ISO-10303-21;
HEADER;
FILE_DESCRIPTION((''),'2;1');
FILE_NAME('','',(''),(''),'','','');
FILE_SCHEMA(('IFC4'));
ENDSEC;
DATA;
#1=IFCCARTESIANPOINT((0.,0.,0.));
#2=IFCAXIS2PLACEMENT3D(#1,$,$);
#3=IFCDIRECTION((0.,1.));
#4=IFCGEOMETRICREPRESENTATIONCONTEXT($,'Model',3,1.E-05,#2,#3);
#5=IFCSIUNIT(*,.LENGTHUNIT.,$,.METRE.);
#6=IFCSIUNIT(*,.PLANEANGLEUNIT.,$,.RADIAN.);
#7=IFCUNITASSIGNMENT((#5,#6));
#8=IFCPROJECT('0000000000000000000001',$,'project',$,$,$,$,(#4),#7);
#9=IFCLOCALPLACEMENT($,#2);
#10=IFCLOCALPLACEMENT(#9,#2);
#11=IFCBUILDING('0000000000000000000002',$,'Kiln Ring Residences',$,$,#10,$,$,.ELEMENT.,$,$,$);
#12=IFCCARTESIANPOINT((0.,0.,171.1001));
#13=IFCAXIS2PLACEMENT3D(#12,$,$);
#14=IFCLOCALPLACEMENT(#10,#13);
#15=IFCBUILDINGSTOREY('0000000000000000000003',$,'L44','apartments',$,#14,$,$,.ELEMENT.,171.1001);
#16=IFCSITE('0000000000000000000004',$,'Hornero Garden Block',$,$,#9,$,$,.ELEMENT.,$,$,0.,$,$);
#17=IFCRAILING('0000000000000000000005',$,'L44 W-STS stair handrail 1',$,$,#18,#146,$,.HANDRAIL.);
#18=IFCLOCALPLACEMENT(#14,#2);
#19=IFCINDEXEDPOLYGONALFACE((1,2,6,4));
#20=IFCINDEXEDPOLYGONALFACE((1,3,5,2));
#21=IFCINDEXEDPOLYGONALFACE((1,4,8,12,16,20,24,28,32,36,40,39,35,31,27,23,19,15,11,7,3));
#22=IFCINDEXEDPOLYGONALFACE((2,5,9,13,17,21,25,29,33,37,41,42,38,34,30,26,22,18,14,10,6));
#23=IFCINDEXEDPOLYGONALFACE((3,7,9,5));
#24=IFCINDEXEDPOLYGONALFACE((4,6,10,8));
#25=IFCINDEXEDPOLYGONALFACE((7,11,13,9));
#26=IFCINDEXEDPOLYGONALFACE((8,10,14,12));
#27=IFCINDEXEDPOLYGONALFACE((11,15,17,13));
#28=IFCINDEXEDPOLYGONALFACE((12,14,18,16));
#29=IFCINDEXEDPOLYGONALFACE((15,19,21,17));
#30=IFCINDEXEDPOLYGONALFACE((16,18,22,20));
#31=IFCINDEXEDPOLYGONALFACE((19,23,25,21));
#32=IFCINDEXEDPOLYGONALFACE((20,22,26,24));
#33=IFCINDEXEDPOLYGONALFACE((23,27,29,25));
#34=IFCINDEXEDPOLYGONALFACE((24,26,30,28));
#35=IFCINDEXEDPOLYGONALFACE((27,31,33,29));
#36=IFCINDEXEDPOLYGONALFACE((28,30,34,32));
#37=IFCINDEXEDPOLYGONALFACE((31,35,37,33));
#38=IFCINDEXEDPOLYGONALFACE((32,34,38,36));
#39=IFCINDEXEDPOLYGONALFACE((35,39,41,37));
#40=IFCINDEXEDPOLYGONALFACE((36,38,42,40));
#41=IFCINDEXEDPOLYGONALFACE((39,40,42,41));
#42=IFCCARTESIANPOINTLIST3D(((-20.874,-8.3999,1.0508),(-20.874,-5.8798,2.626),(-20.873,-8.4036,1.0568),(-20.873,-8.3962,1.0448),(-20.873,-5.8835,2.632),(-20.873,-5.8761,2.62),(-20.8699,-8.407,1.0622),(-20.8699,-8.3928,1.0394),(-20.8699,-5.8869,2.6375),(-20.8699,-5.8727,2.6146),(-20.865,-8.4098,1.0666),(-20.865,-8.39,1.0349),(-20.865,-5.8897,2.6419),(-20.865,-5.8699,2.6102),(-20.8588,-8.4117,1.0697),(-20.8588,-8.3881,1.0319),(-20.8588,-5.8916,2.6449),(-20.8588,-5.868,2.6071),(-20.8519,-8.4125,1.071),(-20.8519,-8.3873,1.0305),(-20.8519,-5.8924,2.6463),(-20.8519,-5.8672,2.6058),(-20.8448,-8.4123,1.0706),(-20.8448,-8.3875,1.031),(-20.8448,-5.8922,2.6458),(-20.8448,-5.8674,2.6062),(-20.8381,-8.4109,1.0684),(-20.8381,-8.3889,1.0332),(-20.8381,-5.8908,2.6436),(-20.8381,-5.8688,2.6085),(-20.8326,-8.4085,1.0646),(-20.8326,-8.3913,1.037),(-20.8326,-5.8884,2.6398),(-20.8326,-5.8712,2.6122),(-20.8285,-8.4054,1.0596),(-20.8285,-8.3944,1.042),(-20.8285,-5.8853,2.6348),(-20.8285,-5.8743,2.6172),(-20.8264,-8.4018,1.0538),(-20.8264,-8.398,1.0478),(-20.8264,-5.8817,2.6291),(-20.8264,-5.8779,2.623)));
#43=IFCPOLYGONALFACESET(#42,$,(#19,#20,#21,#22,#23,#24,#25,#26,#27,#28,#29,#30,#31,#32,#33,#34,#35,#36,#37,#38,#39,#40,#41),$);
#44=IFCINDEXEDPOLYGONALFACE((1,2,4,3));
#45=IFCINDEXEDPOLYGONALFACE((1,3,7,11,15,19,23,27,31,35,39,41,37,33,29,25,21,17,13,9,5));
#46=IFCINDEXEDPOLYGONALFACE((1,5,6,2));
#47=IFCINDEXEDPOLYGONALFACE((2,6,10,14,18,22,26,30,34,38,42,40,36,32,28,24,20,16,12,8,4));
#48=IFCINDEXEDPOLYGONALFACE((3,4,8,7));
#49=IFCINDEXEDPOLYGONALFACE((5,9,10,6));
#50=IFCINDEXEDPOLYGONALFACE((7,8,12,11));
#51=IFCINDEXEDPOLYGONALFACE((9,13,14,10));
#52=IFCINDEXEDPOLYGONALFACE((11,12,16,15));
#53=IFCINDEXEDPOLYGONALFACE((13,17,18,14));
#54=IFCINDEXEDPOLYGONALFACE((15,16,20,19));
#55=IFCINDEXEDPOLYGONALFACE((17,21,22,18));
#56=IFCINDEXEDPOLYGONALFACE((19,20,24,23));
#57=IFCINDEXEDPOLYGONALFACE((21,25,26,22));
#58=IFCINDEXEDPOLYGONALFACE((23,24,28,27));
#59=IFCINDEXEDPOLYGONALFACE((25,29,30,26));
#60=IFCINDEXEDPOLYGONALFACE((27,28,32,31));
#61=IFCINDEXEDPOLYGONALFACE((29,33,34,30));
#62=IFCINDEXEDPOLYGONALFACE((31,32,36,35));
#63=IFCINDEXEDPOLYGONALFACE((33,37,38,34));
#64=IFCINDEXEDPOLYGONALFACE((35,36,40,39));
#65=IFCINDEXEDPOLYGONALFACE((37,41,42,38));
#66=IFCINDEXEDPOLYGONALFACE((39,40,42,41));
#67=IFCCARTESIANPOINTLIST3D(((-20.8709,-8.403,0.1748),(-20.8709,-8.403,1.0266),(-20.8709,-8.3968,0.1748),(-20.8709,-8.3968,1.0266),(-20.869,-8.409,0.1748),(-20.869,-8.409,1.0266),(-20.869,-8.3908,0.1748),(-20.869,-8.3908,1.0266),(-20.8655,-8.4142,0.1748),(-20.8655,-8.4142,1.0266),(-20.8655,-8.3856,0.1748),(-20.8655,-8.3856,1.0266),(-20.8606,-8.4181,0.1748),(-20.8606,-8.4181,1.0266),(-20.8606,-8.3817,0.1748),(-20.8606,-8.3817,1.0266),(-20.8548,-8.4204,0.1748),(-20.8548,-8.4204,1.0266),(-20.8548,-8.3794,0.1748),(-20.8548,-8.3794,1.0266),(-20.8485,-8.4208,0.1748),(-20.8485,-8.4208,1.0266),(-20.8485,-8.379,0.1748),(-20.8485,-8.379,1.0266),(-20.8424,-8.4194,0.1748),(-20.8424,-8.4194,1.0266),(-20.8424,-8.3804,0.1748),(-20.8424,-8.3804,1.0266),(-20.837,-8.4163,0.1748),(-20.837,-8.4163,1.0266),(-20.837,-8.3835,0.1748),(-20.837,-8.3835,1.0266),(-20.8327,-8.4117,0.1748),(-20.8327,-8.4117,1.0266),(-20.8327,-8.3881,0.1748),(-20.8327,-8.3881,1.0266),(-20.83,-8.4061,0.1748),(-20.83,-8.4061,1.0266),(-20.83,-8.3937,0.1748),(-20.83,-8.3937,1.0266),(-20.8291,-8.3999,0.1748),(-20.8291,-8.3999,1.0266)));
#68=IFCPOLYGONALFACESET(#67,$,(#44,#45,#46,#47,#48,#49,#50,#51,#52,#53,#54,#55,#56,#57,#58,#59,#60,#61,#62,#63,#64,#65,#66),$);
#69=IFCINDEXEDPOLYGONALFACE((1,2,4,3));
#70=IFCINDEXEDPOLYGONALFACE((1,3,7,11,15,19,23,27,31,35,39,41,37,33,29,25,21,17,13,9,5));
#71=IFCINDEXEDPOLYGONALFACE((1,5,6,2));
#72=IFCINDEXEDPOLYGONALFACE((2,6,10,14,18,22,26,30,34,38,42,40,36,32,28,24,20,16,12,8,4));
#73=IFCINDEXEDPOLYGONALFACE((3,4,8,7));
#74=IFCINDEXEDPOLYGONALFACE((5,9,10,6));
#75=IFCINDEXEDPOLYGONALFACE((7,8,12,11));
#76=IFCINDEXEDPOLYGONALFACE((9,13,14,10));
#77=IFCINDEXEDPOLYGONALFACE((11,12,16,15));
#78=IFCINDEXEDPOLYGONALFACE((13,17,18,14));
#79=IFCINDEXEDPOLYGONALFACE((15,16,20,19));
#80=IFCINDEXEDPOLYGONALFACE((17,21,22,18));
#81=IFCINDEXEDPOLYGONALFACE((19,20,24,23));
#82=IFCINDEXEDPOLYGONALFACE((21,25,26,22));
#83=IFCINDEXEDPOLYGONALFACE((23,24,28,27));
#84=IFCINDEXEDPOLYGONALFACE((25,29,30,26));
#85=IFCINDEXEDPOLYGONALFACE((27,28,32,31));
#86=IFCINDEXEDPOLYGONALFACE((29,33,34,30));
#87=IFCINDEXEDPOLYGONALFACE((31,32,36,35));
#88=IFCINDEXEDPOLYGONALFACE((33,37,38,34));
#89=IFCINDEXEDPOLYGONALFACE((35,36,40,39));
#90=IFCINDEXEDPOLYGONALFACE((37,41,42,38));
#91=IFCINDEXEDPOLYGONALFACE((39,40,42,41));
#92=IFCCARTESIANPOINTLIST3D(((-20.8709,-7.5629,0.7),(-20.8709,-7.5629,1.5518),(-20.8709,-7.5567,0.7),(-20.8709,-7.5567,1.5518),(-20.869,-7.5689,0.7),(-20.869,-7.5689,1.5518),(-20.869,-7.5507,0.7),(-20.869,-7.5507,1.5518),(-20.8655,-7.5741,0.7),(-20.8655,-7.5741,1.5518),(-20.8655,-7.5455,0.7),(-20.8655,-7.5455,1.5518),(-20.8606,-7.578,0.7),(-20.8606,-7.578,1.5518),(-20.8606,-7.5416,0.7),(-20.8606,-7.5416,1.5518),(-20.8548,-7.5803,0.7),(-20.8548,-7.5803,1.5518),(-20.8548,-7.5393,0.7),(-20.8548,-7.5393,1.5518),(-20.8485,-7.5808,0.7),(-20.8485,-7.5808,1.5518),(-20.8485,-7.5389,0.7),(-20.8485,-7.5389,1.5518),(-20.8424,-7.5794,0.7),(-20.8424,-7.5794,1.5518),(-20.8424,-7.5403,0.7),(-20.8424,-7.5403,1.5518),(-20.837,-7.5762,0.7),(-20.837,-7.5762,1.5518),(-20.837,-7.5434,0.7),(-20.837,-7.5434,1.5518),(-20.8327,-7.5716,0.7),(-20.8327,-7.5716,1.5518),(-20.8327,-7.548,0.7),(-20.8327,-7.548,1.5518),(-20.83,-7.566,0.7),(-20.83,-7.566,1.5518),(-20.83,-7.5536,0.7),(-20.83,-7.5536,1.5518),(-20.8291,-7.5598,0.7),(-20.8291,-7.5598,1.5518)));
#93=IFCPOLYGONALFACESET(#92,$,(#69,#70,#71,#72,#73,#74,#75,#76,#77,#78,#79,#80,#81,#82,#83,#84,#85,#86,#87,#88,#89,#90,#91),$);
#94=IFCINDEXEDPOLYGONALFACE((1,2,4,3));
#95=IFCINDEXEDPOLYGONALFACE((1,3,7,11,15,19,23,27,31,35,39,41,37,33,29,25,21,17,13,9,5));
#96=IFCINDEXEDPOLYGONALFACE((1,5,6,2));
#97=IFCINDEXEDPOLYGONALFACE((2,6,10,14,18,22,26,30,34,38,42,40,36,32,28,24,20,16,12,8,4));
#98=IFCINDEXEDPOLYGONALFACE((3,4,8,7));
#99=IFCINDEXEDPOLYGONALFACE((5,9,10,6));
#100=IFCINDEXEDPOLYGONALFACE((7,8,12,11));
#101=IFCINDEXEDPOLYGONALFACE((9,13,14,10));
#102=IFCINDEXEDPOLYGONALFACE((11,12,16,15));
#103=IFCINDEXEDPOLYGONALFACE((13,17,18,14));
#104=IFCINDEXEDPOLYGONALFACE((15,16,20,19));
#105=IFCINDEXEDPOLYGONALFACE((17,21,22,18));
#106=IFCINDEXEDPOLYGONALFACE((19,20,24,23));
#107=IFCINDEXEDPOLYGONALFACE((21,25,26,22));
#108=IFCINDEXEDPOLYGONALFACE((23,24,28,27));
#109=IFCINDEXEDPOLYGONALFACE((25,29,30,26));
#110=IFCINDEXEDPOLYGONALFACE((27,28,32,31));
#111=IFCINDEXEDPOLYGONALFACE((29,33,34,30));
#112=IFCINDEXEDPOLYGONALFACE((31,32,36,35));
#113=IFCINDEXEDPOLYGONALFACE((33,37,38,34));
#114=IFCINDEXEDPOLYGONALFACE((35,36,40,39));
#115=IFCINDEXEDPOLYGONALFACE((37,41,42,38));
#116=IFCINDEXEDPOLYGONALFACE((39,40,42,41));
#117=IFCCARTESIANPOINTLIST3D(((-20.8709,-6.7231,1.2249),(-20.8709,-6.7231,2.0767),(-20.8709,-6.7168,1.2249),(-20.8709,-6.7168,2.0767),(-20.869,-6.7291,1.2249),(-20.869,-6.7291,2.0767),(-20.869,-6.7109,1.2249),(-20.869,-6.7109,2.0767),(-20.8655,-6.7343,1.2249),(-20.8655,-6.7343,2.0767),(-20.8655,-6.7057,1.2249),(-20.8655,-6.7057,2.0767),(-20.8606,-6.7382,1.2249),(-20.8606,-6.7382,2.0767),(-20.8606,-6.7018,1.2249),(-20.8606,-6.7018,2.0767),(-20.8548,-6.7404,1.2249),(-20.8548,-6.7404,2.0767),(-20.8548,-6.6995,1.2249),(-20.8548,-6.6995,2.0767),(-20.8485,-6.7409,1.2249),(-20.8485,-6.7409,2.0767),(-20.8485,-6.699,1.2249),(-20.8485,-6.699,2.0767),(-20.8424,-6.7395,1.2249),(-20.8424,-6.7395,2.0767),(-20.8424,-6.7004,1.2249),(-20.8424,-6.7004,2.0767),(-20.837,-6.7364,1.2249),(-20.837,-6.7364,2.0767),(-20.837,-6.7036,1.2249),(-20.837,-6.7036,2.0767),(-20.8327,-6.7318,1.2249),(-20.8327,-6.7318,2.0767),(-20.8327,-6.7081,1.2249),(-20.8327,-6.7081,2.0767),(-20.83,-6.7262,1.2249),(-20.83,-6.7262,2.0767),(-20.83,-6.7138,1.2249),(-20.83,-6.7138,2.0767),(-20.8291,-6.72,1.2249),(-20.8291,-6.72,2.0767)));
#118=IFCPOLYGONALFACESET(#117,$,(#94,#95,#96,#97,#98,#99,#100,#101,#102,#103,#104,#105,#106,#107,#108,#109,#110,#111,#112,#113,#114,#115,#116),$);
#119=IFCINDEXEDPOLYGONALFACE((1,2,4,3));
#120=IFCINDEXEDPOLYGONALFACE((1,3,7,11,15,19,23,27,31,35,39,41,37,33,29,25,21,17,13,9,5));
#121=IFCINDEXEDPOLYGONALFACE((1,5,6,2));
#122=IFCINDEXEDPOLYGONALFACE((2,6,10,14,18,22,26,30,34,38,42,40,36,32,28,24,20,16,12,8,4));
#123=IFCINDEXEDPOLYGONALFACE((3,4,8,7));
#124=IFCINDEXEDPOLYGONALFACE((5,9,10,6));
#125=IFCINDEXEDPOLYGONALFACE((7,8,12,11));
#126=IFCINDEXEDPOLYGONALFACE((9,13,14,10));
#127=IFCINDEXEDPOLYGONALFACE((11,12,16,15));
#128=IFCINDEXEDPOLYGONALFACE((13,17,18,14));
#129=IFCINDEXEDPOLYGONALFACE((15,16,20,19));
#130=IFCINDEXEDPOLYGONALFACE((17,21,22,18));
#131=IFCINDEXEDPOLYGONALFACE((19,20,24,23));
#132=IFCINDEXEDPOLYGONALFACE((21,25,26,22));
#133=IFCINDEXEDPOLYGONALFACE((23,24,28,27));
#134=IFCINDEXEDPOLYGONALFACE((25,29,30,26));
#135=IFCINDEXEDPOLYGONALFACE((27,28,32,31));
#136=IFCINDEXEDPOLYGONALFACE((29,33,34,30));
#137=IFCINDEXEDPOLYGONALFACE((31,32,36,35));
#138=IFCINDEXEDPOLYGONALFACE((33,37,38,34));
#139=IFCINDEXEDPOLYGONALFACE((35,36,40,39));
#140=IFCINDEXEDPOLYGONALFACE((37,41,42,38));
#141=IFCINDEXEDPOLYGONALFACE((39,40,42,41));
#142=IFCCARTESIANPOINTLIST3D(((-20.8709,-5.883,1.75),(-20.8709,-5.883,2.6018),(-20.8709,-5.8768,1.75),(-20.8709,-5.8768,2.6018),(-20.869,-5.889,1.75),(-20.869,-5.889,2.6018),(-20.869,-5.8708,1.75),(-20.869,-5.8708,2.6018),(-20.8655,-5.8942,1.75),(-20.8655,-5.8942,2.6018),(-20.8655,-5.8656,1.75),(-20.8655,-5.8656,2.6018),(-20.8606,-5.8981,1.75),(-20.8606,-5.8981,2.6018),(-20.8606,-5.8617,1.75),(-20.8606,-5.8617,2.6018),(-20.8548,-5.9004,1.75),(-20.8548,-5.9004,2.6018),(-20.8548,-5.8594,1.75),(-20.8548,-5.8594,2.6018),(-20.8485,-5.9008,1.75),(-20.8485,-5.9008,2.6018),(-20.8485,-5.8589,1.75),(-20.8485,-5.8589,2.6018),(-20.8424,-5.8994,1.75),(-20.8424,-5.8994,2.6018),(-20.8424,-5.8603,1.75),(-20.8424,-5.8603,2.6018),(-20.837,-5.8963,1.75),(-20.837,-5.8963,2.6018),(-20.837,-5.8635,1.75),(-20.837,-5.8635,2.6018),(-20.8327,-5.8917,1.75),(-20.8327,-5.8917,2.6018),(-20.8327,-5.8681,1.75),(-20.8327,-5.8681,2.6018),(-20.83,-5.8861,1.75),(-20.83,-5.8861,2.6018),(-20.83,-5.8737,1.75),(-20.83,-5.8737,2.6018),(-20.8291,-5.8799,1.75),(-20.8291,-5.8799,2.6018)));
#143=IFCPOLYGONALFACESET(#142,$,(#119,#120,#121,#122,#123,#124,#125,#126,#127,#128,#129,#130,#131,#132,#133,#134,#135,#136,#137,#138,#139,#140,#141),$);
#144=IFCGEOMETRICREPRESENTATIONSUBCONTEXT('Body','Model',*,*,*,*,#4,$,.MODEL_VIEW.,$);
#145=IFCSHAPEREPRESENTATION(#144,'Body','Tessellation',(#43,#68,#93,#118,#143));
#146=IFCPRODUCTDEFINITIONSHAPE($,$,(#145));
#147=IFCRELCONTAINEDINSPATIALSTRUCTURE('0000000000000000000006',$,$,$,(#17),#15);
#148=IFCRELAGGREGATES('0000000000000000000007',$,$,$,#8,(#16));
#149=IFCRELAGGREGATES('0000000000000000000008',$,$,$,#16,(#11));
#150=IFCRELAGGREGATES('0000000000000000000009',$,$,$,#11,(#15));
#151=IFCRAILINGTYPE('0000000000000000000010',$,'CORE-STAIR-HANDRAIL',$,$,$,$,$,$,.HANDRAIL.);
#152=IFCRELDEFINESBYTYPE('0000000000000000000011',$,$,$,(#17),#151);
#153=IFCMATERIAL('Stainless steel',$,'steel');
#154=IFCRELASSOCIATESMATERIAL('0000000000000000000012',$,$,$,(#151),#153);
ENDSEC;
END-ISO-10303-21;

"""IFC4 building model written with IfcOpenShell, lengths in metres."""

from ifc_helpers import new_model, si_unit, direction, frame, origin, origin_2d, place, context, subcontext, project, spatial, circle, extrude, material, type_object, element, save


model = new_model("IFC4")

# Units and contexts
model_context = context("Model", 3, precision=1e-05, world=origin(), true_north=direction((0.0, 1.0)))
body_context = subcontext(model_context, "Body", "Model", "MODEL_VIEW")
ifc_project = project(units=[si_unit("LENGTHUNIT", "METRE"), si_unit("PLANEANGLEUNIT", "RADIAN")], contexts=[model_context])

# Site, building, storey
site_placement = place(None, origin())
site = spatial("IfcSite", under=ifc_project, at=site_placement, Name="Hornero Garden Block", CompositionType="ELEMENT", RefElevation=0.0)
building_placement = place(site_placement, origin())
building = spatial("IfcBuilding", under=site, at=building_placement, Name="Kiln Ring Residences", CompositionType="ELEMENT")
storey_placement = place(building_placement, frame((0.0, 0.0, 171.1001)))
storey = spatial("IfcBuildingStorey", under=building, at=storey_placement, Name="L44", Description="apartments", CompositionType="ELEMENT", Elevation=171.1001)

# Railing
ifc_material_1 = material(Name="Stainless steel", Category="steel")
railing_type_1 = type_object("IfcRailingType", Name="CORE-STAIR-HANDRAIL", PredefinedType="HANDRAIL", material=ifc_material_1)
railing_1_placement = place(storey_placement, frame((-20.8501, -8.3999, 0.1748)))
element("IfcRailing", 1, at=railing_1_placement, inside=storey, type_object=railing_type_1, Name="L44 W-STS stair handrail 1", PredefinedType="HANDRAIL", context=body_context, shape_type="SweptSolid", body=[
    extrude(circle(Radius=0.0239, at=origin_2d()), frame((0.0, 0.0, 0.876), z_axis=(0.0, 0.847971, 0.530043), x_axis=(-1.0, 0.0, 0.0)), (0.0, 0.0, 1.0), 2.9719),
    extrude(circle(Radius=0.021, at=origin_2d()), origin(), (0.0, 0.0, 1.0), 0.8518),
    extrude(circle(Radius=0.021, at=origin_2d()), frame((0.0, 0.8401, 0.5251)), (0.0, 0.0, 1.0), 0.8518),
    extrude(circle(Radius=0.021, at=origin_2d()), frame((0.0, 1.6799, 1.05)), (0.0, 0.0, 1.0), 0.8518),
    extrude(circle(Radius=0.021, at=origin_2d()), frame((0.0, 2.52, 1.5752)), (0.0, 0.0, 1.0), 0.8518),
])

save(model, "model.ifc")
